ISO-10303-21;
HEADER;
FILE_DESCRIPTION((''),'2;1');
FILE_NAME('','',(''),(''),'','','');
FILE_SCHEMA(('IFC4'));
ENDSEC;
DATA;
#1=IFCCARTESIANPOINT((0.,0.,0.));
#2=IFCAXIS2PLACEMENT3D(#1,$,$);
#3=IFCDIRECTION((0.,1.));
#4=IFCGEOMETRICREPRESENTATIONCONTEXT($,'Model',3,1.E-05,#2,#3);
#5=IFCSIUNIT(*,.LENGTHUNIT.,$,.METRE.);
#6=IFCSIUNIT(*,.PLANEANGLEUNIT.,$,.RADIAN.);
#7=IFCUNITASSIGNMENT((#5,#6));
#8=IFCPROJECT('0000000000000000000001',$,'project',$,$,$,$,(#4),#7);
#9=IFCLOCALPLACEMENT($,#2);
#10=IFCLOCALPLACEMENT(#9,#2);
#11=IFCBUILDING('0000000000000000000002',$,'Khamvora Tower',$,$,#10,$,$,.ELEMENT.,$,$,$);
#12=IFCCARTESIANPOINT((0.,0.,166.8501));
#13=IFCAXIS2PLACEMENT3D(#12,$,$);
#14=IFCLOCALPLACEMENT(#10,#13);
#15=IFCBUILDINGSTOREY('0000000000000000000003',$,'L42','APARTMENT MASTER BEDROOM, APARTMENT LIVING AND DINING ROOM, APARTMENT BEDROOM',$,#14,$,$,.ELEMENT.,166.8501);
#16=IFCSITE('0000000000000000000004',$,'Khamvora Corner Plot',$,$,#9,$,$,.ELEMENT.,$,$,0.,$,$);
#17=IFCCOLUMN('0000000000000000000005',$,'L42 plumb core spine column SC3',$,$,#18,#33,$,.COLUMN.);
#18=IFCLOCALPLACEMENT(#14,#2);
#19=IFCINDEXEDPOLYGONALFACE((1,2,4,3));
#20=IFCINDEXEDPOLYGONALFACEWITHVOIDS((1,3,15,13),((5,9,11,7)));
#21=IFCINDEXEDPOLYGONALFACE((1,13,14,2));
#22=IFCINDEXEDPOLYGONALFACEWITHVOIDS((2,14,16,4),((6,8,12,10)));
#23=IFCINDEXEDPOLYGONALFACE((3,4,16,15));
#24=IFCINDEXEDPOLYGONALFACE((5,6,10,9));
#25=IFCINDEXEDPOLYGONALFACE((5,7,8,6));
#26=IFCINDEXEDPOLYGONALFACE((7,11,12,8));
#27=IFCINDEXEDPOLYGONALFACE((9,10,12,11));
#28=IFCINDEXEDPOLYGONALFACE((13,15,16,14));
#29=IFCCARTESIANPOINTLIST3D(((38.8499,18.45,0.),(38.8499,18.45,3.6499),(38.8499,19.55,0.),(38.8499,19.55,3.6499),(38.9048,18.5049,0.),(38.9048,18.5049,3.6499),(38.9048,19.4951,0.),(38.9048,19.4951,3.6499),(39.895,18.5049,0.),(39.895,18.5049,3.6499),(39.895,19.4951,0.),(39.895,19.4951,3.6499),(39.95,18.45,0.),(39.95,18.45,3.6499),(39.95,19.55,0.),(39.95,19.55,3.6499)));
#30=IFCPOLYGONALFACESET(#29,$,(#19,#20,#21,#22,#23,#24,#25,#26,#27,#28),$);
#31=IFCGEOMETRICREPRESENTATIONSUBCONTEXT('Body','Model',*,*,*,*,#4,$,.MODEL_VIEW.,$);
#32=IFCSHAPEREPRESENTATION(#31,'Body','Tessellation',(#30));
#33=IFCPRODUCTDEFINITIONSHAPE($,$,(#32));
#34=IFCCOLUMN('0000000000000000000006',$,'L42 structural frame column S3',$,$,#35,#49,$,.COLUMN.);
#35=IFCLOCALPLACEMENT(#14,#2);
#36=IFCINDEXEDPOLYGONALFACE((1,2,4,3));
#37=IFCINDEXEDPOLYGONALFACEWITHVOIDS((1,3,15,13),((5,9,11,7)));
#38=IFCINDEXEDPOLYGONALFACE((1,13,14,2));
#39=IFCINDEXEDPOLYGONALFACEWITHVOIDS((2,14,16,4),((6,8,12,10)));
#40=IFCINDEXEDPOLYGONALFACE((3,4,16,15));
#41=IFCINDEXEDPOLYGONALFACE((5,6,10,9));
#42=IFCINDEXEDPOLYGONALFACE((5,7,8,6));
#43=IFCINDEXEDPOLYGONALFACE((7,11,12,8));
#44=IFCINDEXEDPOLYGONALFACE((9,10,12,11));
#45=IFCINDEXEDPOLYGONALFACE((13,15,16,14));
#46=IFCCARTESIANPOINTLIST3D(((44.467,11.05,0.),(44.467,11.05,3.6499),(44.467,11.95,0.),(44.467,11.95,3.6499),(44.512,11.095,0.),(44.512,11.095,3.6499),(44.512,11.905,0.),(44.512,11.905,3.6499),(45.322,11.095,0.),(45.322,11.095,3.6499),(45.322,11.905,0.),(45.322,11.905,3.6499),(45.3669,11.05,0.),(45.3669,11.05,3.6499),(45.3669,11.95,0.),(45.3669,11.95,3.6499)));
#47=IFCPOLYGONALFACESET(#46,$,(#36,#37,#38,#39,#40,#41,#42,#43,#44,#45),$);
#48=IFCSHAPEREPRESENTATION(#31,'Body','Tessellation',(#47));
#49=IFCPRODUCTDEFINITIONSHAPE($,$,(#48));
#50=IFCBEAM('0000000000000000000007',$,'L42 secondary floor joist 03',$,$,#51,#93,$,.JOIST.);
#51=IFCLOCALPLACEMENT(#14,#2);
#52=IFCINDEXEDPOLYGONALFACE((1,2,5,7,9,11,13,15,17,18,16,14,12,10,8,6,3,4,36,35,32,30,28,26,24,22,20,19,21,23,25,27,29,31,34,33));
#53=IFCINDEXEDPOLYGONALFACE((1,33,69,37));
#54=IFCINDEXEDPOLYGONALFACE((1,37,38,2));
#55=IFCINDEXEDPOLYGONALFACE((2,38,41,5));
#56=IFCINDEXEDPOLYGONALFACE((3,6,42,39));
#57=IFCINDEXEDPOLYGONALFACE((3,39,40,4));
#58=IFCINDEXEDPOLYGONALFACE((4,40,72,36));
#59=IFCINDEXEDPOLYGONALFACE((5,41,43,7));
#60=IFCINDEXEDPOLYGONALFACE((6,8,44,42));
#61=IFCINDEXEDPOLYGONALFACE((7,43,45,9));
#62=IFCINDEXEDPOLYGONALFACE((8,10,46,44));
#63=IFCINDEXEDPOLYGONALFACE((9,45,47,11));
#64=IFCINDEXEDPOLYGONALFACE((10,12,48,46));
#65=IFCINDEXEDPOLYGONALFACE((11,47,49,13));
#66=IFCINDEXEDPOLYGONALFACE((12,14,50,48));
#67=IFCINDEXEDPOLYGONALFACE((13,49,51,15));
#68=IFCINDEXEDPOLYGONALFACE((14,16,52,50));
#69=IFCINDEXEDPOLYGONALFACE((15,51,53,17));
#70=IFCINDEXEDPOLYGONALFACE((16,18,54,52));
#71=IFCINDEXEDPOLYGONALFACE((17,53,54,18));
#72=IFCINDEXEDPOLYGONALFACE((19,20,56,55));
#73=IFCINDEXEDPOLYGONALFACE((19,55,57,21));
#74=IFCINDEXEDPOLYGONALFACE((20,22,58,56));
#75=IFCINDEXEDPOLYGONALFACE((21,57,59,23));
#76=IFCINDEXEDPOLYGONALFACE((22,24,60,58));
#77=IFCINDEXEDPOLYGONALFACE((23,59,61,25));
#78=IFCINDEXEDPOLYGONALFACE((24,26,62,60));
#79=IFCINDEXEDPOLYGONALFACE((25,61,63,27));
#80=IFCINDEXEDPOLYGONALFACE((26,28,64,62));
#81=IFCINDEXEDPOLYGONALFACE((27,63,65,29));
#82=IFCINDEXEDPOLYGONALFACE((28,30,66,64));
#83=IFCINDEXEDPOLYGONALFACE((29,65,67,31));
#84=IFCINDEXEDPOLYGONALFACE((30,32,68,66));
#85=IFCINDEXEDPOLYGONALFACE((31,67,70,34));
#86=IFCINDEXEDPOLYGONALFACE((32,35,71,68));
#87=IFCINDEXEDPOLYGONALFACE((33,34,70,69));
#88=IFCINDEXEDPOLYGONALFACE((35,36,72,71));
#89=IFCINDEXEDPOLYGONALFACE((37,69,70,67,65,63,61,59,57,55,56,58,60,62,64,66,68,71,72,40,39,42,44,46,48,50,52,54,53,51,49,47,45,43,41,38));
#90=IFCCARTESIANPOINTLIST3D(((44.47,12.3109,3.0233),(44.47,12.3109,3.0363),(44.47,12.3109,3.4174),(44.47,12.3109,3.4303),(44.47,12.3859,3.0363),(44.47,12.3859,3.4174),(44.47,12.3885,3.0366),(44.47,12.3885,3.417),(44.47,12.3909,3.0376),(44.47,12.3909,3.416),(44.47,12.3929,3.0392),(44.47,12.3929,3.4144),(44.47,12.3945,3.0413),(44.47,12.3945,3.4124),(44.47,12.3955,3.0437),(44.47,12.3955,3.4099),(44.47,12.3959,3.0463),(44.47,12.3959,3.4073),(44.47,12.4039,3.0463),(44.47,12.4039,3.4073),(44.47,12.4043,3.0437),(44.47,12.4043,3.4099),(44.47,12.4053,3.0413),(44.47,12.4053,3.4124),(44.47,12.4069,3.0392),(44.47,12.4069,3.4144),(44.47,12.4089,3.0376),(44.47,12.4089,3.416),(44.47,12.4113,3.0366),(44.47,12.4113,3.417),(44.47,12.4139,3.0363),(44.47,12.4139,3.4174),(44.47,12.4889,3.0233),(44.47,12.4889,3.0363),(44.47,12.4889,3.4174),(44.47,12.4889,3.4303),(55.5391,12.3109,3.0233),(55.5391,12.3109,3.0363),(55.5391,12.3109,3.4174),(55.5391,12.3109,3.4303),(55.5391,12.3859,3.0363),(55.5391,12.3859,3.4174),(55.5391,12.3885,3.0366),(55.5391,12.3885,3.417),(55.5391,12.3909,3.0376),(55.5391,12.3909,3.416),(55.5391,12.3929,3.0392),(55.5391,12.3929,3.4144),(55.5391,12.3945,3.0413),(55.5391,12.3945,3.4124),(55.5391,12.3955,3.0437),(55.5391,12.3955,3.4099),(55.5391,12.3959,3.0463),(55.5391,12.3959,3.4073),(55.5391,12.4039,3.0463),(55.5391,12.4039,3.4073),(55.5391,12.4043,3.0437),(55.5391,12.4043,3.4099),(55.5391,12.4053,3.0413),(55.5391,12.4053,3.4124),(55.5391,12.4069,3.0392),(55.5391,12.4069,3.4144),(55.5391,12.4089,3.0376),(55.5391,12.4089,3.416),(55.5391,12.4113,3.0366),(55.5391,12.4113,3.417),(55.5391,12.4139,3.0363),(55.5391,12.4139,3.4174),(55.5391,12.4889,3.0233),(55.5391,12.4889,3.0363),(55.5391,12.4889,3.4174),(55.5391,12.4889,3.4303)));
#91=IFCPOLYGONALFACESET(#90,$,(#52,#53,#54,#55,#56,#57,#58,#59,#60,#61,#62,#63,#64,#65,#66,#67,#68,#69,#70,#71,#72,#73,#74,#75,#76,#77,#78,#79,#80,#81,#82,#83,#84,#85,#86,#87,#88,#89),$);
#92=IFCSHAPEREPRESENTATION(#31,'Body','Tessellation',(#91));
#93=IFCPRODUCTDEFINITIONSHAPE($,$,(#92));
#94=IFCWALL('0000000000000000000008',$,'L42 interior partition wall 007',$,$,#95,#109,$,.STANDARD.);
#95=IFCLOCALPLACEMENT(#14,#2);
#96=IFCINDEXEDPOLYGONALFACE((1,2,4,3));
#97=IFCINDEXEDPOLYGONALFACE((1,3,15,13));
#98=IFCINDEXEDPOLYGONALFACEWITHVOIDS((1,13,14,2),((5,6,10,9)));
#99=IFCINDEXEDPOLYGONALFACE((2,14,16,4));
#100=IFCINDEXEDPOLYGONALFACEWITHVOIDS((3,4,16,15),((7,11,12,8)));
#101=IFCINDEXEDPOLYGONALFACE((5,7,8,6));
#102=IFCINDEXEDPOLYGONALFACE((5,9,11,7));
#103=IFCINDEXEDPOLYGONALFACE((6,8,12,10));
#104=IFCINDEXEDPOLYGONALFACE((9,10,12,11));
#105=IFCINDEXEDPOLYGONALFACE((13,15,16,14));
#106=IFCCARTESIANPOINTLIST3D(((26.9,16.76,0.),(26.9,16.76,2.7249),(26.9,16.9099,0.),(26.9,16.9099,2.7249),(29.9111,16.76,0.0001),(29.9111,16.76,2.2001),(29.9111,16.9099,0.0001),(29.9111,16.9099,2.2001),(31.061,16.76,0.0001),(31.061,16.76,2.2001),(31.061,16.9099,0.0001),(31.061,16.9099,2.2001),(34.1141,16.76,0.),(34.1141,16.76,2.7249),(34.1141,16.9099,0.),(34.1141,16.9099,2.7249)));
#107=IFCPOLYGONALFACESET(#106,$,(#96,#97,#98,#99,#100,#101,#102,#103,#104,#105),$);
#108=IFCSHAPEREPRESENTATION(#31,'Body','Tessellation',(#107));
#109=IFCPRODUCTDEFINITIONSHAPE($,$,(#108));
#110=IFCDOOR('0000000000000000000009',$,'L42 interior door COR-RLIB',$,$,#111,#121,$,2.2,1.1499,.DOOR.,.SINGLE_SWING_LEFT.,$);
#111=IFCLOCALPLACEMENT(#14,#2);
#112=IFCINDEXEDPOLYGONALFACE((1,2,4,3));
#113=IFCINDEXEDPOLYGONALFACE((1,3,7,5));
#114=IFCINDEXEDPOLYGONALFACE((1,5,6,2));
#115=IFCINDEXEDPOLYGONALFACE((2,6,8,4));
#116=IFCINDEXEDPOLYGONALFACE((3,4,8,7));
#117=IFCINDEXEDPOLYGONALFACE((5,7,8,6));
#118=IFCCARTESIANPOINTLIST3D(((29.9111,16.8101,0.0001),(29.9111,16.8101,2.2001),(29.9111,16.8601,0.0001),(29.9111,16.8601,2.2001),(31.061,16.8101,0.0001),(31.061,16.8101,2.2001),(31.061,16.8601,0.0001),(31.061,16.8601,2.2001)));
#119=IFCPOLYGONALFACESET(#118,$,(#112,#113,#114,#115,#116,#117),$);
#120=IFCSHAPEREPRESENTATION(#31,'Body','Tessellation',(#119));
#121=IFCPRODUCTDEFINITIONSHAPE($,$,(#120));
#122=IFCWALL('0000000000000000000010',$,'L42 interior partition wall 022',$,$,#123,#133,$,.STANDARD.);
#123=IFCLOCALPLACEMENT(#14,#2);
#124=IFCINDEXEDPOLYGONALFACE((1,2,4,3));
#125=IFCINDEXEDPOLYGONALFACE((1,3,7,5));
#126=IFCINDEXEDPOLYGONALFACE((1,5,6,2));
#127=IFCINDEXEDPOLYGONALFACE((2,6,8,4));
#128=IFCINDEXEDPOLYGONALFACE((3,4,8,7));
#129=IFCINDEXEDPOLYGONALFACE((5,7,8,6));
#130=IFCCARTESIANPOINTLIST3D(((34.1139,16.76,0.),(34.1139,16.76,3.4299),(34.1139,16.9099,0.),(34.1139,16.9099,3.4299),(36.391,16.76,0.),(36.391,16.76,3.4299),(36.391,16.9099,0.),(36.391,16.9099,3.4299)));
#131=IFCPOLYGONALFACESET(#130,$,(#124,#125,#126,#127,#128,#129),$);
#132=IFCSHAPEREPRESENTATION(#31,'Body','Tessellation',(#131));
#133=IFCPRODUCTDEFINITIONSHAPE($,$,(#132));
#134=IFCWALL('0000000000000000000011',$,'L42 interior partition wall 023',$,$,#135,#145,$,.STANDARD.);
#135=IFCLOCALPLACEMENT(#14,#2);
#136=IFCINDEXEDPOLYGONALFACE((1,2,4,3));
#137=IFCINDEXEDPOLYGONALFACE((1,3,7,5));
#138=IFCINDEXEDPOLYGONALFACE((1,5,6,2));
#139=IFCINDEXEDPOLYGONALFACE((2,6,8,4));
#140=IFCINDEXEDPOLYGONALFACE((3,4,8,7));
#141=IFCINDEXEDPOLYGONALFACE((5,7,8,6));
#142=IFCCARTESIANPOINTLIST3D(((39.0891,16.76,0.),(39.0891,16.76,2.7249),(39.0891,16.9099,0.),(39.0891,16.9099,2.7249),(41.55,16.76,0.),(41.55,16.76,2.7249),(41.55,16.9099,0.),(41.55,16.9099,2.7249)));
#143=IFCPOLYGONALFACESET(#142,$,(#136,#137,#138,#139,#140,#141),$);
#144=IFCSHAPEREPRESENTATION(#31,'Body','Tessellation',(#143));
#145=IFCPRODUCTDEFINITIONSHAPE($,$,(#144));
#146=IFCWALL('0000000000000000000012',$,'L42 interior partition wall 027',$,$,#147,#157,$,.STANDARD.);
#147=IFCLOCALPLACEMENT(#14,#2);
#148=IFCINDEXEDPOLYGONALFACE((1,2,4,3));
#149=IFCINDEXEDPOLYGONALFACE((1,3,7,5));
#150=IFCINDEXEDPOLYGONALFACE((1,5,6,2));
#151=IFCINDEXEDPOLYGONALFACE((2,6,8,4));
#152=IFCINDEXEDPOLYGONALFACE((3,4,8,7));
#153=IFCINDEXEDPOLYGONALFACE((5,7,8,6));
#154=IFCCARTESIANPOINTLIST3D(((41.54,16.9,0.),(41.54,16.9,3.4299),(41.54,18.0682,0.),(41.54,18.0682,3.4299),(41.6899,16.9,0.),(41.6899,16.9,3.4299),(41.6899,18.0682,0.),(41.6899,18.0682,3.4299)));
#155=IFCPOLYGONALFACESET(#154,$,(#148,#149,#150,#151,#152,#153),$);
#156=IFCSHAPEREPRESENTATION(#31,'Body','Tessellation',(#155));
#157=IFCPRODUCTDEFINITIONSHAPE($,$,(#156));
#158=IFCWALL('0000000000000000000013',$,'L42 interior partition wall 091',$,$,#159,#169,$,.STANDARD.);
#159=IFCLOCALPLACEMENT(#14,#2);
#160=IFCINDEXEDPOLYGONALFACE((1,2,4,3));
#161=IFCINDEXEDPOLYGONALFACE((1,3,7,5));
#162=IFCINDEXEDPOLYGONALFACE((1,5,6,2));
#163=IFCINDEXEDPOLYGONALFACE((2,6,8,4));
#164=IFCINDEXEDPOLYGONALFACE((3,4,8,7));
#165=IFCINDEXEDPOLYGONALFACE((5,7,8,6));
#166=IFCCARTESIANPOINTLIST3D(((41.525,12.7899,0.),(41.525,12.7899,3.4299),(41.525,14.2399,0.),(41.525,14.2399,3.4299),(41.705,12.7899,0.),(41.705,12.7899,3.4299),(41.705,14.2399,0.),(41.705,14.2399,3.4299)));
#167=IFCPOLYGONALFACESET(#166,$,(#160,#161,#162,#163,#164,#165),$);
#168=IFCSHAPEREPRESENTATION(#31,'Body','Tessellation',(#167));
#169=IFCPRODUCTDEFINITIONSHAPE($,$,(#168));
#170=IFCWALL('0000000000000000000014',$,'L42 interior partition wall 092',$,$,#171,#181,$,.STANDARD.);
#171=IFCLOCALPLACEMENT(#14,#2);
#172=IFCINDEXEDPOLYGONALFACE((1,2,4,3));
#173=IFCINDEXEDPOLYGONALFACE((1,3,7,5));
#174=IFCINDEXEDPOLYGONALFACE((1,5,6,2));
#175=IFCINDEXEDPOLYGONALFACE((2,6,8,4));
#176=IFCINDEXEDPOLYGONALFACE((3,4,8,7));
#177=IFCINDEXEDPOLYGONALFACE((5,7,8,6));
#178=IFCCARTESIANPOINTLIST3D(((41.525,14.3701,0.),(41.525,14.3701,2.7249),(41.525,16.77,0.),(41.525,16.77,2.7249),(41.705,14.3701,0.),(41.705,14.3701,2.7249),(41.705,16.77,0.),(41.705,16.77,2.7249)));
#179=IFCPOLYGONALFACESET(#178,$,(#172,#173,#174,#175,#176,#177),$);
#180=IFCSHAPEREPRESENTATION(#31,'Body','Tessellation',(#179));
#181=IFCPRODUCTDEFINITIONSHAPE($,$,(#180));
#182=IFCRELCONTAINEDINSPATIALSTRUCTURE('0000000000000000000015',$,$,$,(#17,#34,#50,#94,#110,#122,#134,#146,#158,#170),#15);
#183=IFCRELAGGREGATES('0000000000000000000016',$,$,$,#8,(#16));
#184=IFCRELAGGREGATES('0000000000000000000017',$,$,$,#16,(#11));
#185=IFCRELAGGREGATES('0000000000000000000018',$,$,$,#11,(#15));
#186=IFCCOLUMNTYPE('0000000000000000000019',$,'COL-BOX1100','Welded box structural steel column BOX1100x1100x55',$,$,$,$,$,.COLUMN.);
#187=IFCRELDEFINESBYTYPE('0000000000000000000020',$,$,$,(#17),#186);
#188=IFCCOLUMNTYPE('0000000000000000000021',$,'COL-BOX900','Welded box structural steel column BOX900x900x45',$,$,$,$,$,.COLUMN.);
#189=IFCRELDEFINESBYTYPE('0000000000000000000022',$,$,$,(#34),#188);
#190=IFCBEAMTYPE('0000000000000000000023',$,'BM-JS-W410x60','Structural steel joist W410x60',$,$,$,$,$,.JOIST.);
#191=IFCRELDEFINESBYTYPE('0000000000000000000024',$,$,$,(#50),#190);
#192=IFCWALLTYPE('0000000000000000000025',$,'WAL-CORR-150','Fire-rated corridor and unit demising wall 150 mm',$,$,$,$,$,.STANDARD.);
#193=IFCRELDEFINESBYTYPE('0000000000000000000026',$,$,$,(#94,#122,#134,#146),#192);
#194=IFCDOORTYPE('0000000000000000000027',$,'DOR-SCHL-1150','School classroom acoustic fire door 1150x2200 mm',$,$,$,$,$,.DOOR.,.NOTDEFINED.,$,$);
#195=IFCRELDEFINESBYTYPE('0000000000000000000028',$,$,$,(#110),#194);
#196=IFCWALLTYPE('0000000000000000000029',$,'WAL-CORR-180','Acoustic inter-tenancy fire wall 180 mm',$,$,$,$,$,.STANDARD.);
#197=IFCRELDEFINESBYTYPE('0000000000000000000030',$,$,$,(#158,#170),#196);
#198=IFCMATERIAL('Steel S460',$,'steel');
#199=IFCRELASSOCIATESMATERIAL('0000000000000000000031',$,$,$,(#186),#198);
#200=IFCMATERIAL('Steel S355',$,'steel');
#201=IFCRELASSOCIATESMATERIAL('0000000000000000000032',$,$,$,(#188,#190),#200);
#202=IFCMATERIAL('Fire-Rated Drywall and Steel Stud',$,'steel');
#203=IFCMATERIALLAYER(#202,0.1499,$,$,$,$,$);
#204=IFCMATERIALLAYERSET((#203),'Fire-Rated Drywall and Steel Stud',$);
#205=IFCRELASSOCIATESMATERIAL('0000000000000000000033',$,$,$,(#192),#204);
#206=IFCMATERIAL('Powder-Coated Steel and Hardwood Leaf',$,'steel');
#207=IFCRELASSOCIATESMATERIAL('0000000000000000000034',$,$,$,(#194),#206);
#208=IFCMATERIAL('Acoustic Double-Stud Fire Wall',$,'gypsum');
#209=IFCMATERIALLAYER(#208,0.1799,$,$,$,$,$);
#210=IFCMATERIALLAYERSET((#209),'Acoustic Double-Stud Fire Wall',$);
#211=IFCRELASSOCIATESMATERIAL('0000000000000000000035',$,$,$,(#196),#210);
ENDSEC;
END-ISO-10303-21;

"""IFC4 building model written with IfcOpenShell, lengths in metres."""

from ifc_helpers import new_model, si_unit, direction, frame, frame_2d, origin, origin_2d, place, context, subcontext, project, spatial, rectangle, hollow_rectangle, i_section, extrude, material, layer, layer_set, material_profile, profile_set, type_object, element, fill, save


model = new_model("IFC4")

# Units and contexts
model_context = context("Model", 3, precision=1e-05, world=origin(), true_north=direction((0.0, 1.0)))
body_context = subcontext(model_context, "Body", "Model", "MODEL_VIEW")
ifc_project = project(units=[si_unit("LENGTHUNIT", "METRE"), si_unit("PLANEANGLEUNIT", "RADIAN")], contexts=[model_context])

# Site, building, storey
site_placement = place(None, origin())
site = spatial("IfcSite", under=ifc_project, at=site_placement, Name="Khamvora Corner Plot", CompositionType="ELEMENT", RefElevation=0.0)
building_placement = place(site_placement, origin())
building = spatial("IfcBuilding", under=site, at=building_placement, Name="Khamvora Tower", CompositionType="ELEMENT")
storey_placement = place(building_placement, frame((0.0, 0.0, 166.8501)))
storey = spatial("IfcBuildingStorey", under=building, at=storey_placement, Name="L42", Description="APARTMENT MASTER BEDROOM, APARTMENT LIVING AND DINING ROOM, APARTMENT BEDROOM", CompositionType="ELEMENT", Elevation=166.8501)

# Columns
ifc_material_1 = material(Name="Steel S460", Category="steel")
ifc_material_profile_1 = material_profile(ifc_material_1, hollow_rectangle(XDim=1.1001, YDim=1.1001, WallThickness=0.0549, at=origin_2d()), Name="BOX1100x1100x55")
ifc_profile_set_1 = profile_set([ifc_material_profile_1], Name="Steel S460")
column_type_1 = type_object("IfcColumnType", Name="COL-BOX1100", Description="Welded box structural steel column BOX1100x1100x55", PredefinedType="COLUMN", material=ifc_profile_set_1)
column_1_placement = place(storey_placement, frame((39.3999, 19.0, 0.0), z_axis=(0.0, 0.0, 1.0), x_axis=(1.0, 0.0, 0.0)))
element("IfcColumn", 1, at=column_1_placement, inside=storey, type_object=column_type_1, Name="L42 plumb core spine column SC3", PredefinedType="COLUMN", context=body_context, shape_type="SweptSolid", body=[
    extrude(hollow_rectangle(XDim=1.1001, YDim=1.1001, WallThickness=0.0549, at=origin_2d()), origin(), (0.0, 0.0, 1.0), 3.6499),
])
ifc_material_2 = material(Name="Steel S355", Category="steel")
ifc_material_profile_2 = material_profile(ifc_material_2, hollow_rectangle(XDim=0.8999, YDim=0.8999, WallThickness=0.0449, at=origin_2d()), Name="BOX900x900x45")
ifc_profile_set_2 = profile_set([ifc_material_profile_2], Name="Steel S355")
column_type_2 = type_object("IfcColumnType", Name="COL-BOX900", Description="Welded box structural steel column BOX900x900x45", PredefinedType="COLUMN", material=ifc_profile_set_2)
column_2_placement = place(storey_placement, frame((44.917, 11.5, 0.0), z_axis=(0.0, 0.0, 1.0), x_axis=(1.0, 0.0, 0.0)))
element("IfcColumn", 2, at=column_2_placement, inside=storey, type_object=column_type_2, Name="L42 structural frame column S3", PredefinedType="COLUMN", context=body_context, shape_type="SweptSolid", body=[
    extrude(hollow_rectangle(XDim=0.8999, YDim=0.8999, WallThickness=0.0449, at=origin_2d()), origin(), (0.0, 0.0, 1.0), 3.6499),
])

# Beam
ifc_material_profile_3 = material_profile(ifc_material_2, i_section(OverallWidth=0.178, OverallDepth=0.407, WebThickness=0.0081, FlangeThickness=0.0129, FilletRadius=0.01, at=origin_2d()), Name="W410x60")
ifc_profile_set_3 = profile_set([ifc_material_profile_3], Name="Steel S355")
beam_type = type_object("IfcBeamType", Name="BM-JS-W410x60", Description="Structural steel joist W410x60", PredefinedType="JOIST", material=ifc_profile_set_3)
beam_placement = place(storey_placement, frame((44.47, 12.3999, 3.2268), z_axis=(1.0, 0.0, 0.0), x_axis=(0.0, 1.0, 0.0)))
element("IfcBeam", 3, at=beam_placement, inside=storey, type_object=beam_type, Name="L42 secondary floor joist 03", PredefinedType="JOIST", context=body_context, shape_type="SweptSolid", body=[
    extrude(i_section(OverallWidth=0.178, OverallDepth=0.407, WebThickness=0.0081, FlangeThickness=0.0129, FilletRadius=0.01, at=origin_2d()), origin(), (0.0, 0.0, 1.0), 11.0691),
])

# Wall, opening, door
ifc_material_3 = material(Name="Fire-Rated Drywall and Steel Stud", Category="steel")
ifc_layer_1 = layer(ifc_material_3, 0.1499)
ifc_layer_set_1 = layer_set([ifc_layer_1], Name="Fire-Rated Drywall and Steel Stud")
wall_type_1 = type_object("IfcWallType", Name="WAL-CORR-150", Description="Fire-rated corridor and unit demising wall 150 mm", PredefinedType="STANDARD", material=ifc_layer_set_1)
wall_1_placement = place(storey_placement, frame((34.114, 16.835, 0.0), z_axis=(0.0, 0.0, 1.0), x_axis=(-1.0, 0.0, 0.0)))
wall_1 = element("IfcWall", 4, at=wall_1_placement, inside=storey, type_object=wall_type_1, Name="L42 interior partition wall 007", PredefinedType="STANDARD", context=body_context, shape_type="SweptSolid", body=[
    extrude(rectangle(XDim=7.2141, YDim=0.1499, at=frame_2d((3.6069, 0.0))), origin(), (0.0, 0.0, 1.0), 2.7249),
])
opening_1_placement = place(wall_1_placement, frame((3.053, 0.0, 0.0)))
opening_1 = element("IfcOpeningElement", 5, at=opening_1_placement, cuts=wall_1, PredefinedType="OPENING", context=body_context, shape_type="SweptSolid", body=[
    extrude(rectangle(XDim=1.1499, YDim=2.2, at=frame_2d((0.575, 1.1001))), frame((0.0, 0.085, 0.0), z_axis=(0.0, -1.0, 0.0), x_axis=(1.0, 0.0, 0.0)), (0.0, 0.0, 1.0), 0.1699),
])
ifc_material_4 = material(Name="Powder-Coated Steel and Hardwood Leaf", Category="steel")
door_type_1 = type_object("IfcDoorType", Name="DOR-SCHL-1150", Description="School classroom acoustic fire door 1150x2200 mm", OperationType="NOTDEFINED", PredefinedType="DOOR", material=ifc_material_4)
door_1_placement = place(opening_1_placement, origin())
door_1 = element("IfcDoor", 6, at=door_1_placement, inside=storey, type_object=door_type_1, Name="L42 interior door COR-RLIB", OperationType="SINGLE_SWING_LEFT", OverallHeight=2.2, OverallWidth=1.1499, PredefinedType="DOOR", context=body_context, shape_type="SweptSolid", body=[
    extrude(rectangle(XDim=1.1499, YDim=2.2, at=frame_2d((0.575, 1.1001))), frame((0.0, 0.0249, 0.0), z_axis=(0.0, -1.0, 0.0), x_axis=(1.0, 0.0, 0.0)), (0.0, 0.0, 1.0), 0.05),
])
fill(opening_1, door_1)

# Walls
wall_2_placement = place(storey_placement, frame((36.3911, 16.835, 0.0), z_axis=(0.0, 0.0, 1.0), x_axis=(-1.0, 0.0, 0.0)))
element("IfcWall", 7, at=wall_2_placement, inside=storey, type_object=wall_type_1, Name="L42 interior partition wall 022", PredefinedType="STANDARD", context=body_context, shape_type="SweptSolid", body=[
    extrude(rectangle(XDim=2.2771, YDim=0.1499, at=frame_2d((1.1387, 0.0))), origin(), (0.0, 0.0, 1.0), 3.4299),
])
wall_3_placement = place(storey_placement, frame((41.55, 16.835, 0.0), z_axis=(0.0, 0.0, 1.0), x_axis=(-1.0, 0.0, 0.0)))
element("IfcWall", 8, at=wall_3_placement, inside=storey, type_object=wall_type_1, Name="L42 interior partition wall 023", PredefinedType="STANDARD", context=body_context, shape_type="SweptSolid", body=[
    extrude(rectangle(XDim=2.4609, YDim=0.1499, at=frame_2d((1.2305, 0.0))), origin(), (0.0, 0.0, 1.0), 2.7249),
])
wall_4_placement = place(storey_placement, frame((41.615, 18.0681, 0.0), z_axis=(0.0, 0.0, 1.0), x_axis=(0.0, -1.0, 0.0)))
element("IfcWall", 9, at=wall_4_placement, inside=storey, type_object=wall_type_1, Name="L42 interior partition wall 027", PredefinedType="STANDARD", context=body_context, shape_type="SweptSolid", body=[
    extrude(rectangle(XDim=1.1682, YDim=0.1499, at=frame_2d((0.584, 0.0))), origin(), (0.0, 0.0, 1.0), 3.4299),
])
ifc_material_5 = material(Name="Acoustic Double-Stud Fire Wall", Category="gypsum")
ifc_layer_2 = layer(ifc_material_5, 0.1799)
ifc_layer_set_2 = layer_set([ifc_layer_2], Name="Acoustic Double-Stud Fire Wall")
wall_type_2 = type_object("IfcWallType", Name="WAL-CORR-180", Description="Acoustic inter-tenancy fire wall 180 mm", PredefinedType="STANDARD", material=ifc_layer_set_2)
wall_5_placement = place(storey_placement, frame((41.615, 14.24, 0.0), z_axis=(0.0, 0.0, 1.0), x_axis=(0.0, -1.0, 0.0)))
element("IfcWall", 10, at=wall_5_placement, inside=storey, type_object=wall_type_2, Name="L42 interior partition wall 091", PredefinedType="STANDARD", context=body_context, shape_type="SweptSolid", body=[
    extrude(rectangle(XDim=1.45, YDim=0.1799, at=frame_2d((0.7251, 0.0))), origin(), (0.0, 0.0, 1.0), 3.4299),
])
wall_6_placement = place(storey_placement, frame((41.615, 16.77, 0.0), z_axis=(0.0, 0.0, 1.0), x_axis=(0.0, -1.0, 0.0)))
element("IfcWall", 11, at=wall_6_placement, inside=storey, type_object=wall_type_2, Name="L42 interior partition wall 092", PredefinedType="STANDARD", context=body_context, shape_type="SweptSolid", body=[
    extrude(rectangle(XDim=2.3999, YDim=0.1799, at=frame_2d((1.2, 0.0))), origin(), (0.0, 0.0, 1.0), 2.7249),
])

save(model, "model.ifc")
